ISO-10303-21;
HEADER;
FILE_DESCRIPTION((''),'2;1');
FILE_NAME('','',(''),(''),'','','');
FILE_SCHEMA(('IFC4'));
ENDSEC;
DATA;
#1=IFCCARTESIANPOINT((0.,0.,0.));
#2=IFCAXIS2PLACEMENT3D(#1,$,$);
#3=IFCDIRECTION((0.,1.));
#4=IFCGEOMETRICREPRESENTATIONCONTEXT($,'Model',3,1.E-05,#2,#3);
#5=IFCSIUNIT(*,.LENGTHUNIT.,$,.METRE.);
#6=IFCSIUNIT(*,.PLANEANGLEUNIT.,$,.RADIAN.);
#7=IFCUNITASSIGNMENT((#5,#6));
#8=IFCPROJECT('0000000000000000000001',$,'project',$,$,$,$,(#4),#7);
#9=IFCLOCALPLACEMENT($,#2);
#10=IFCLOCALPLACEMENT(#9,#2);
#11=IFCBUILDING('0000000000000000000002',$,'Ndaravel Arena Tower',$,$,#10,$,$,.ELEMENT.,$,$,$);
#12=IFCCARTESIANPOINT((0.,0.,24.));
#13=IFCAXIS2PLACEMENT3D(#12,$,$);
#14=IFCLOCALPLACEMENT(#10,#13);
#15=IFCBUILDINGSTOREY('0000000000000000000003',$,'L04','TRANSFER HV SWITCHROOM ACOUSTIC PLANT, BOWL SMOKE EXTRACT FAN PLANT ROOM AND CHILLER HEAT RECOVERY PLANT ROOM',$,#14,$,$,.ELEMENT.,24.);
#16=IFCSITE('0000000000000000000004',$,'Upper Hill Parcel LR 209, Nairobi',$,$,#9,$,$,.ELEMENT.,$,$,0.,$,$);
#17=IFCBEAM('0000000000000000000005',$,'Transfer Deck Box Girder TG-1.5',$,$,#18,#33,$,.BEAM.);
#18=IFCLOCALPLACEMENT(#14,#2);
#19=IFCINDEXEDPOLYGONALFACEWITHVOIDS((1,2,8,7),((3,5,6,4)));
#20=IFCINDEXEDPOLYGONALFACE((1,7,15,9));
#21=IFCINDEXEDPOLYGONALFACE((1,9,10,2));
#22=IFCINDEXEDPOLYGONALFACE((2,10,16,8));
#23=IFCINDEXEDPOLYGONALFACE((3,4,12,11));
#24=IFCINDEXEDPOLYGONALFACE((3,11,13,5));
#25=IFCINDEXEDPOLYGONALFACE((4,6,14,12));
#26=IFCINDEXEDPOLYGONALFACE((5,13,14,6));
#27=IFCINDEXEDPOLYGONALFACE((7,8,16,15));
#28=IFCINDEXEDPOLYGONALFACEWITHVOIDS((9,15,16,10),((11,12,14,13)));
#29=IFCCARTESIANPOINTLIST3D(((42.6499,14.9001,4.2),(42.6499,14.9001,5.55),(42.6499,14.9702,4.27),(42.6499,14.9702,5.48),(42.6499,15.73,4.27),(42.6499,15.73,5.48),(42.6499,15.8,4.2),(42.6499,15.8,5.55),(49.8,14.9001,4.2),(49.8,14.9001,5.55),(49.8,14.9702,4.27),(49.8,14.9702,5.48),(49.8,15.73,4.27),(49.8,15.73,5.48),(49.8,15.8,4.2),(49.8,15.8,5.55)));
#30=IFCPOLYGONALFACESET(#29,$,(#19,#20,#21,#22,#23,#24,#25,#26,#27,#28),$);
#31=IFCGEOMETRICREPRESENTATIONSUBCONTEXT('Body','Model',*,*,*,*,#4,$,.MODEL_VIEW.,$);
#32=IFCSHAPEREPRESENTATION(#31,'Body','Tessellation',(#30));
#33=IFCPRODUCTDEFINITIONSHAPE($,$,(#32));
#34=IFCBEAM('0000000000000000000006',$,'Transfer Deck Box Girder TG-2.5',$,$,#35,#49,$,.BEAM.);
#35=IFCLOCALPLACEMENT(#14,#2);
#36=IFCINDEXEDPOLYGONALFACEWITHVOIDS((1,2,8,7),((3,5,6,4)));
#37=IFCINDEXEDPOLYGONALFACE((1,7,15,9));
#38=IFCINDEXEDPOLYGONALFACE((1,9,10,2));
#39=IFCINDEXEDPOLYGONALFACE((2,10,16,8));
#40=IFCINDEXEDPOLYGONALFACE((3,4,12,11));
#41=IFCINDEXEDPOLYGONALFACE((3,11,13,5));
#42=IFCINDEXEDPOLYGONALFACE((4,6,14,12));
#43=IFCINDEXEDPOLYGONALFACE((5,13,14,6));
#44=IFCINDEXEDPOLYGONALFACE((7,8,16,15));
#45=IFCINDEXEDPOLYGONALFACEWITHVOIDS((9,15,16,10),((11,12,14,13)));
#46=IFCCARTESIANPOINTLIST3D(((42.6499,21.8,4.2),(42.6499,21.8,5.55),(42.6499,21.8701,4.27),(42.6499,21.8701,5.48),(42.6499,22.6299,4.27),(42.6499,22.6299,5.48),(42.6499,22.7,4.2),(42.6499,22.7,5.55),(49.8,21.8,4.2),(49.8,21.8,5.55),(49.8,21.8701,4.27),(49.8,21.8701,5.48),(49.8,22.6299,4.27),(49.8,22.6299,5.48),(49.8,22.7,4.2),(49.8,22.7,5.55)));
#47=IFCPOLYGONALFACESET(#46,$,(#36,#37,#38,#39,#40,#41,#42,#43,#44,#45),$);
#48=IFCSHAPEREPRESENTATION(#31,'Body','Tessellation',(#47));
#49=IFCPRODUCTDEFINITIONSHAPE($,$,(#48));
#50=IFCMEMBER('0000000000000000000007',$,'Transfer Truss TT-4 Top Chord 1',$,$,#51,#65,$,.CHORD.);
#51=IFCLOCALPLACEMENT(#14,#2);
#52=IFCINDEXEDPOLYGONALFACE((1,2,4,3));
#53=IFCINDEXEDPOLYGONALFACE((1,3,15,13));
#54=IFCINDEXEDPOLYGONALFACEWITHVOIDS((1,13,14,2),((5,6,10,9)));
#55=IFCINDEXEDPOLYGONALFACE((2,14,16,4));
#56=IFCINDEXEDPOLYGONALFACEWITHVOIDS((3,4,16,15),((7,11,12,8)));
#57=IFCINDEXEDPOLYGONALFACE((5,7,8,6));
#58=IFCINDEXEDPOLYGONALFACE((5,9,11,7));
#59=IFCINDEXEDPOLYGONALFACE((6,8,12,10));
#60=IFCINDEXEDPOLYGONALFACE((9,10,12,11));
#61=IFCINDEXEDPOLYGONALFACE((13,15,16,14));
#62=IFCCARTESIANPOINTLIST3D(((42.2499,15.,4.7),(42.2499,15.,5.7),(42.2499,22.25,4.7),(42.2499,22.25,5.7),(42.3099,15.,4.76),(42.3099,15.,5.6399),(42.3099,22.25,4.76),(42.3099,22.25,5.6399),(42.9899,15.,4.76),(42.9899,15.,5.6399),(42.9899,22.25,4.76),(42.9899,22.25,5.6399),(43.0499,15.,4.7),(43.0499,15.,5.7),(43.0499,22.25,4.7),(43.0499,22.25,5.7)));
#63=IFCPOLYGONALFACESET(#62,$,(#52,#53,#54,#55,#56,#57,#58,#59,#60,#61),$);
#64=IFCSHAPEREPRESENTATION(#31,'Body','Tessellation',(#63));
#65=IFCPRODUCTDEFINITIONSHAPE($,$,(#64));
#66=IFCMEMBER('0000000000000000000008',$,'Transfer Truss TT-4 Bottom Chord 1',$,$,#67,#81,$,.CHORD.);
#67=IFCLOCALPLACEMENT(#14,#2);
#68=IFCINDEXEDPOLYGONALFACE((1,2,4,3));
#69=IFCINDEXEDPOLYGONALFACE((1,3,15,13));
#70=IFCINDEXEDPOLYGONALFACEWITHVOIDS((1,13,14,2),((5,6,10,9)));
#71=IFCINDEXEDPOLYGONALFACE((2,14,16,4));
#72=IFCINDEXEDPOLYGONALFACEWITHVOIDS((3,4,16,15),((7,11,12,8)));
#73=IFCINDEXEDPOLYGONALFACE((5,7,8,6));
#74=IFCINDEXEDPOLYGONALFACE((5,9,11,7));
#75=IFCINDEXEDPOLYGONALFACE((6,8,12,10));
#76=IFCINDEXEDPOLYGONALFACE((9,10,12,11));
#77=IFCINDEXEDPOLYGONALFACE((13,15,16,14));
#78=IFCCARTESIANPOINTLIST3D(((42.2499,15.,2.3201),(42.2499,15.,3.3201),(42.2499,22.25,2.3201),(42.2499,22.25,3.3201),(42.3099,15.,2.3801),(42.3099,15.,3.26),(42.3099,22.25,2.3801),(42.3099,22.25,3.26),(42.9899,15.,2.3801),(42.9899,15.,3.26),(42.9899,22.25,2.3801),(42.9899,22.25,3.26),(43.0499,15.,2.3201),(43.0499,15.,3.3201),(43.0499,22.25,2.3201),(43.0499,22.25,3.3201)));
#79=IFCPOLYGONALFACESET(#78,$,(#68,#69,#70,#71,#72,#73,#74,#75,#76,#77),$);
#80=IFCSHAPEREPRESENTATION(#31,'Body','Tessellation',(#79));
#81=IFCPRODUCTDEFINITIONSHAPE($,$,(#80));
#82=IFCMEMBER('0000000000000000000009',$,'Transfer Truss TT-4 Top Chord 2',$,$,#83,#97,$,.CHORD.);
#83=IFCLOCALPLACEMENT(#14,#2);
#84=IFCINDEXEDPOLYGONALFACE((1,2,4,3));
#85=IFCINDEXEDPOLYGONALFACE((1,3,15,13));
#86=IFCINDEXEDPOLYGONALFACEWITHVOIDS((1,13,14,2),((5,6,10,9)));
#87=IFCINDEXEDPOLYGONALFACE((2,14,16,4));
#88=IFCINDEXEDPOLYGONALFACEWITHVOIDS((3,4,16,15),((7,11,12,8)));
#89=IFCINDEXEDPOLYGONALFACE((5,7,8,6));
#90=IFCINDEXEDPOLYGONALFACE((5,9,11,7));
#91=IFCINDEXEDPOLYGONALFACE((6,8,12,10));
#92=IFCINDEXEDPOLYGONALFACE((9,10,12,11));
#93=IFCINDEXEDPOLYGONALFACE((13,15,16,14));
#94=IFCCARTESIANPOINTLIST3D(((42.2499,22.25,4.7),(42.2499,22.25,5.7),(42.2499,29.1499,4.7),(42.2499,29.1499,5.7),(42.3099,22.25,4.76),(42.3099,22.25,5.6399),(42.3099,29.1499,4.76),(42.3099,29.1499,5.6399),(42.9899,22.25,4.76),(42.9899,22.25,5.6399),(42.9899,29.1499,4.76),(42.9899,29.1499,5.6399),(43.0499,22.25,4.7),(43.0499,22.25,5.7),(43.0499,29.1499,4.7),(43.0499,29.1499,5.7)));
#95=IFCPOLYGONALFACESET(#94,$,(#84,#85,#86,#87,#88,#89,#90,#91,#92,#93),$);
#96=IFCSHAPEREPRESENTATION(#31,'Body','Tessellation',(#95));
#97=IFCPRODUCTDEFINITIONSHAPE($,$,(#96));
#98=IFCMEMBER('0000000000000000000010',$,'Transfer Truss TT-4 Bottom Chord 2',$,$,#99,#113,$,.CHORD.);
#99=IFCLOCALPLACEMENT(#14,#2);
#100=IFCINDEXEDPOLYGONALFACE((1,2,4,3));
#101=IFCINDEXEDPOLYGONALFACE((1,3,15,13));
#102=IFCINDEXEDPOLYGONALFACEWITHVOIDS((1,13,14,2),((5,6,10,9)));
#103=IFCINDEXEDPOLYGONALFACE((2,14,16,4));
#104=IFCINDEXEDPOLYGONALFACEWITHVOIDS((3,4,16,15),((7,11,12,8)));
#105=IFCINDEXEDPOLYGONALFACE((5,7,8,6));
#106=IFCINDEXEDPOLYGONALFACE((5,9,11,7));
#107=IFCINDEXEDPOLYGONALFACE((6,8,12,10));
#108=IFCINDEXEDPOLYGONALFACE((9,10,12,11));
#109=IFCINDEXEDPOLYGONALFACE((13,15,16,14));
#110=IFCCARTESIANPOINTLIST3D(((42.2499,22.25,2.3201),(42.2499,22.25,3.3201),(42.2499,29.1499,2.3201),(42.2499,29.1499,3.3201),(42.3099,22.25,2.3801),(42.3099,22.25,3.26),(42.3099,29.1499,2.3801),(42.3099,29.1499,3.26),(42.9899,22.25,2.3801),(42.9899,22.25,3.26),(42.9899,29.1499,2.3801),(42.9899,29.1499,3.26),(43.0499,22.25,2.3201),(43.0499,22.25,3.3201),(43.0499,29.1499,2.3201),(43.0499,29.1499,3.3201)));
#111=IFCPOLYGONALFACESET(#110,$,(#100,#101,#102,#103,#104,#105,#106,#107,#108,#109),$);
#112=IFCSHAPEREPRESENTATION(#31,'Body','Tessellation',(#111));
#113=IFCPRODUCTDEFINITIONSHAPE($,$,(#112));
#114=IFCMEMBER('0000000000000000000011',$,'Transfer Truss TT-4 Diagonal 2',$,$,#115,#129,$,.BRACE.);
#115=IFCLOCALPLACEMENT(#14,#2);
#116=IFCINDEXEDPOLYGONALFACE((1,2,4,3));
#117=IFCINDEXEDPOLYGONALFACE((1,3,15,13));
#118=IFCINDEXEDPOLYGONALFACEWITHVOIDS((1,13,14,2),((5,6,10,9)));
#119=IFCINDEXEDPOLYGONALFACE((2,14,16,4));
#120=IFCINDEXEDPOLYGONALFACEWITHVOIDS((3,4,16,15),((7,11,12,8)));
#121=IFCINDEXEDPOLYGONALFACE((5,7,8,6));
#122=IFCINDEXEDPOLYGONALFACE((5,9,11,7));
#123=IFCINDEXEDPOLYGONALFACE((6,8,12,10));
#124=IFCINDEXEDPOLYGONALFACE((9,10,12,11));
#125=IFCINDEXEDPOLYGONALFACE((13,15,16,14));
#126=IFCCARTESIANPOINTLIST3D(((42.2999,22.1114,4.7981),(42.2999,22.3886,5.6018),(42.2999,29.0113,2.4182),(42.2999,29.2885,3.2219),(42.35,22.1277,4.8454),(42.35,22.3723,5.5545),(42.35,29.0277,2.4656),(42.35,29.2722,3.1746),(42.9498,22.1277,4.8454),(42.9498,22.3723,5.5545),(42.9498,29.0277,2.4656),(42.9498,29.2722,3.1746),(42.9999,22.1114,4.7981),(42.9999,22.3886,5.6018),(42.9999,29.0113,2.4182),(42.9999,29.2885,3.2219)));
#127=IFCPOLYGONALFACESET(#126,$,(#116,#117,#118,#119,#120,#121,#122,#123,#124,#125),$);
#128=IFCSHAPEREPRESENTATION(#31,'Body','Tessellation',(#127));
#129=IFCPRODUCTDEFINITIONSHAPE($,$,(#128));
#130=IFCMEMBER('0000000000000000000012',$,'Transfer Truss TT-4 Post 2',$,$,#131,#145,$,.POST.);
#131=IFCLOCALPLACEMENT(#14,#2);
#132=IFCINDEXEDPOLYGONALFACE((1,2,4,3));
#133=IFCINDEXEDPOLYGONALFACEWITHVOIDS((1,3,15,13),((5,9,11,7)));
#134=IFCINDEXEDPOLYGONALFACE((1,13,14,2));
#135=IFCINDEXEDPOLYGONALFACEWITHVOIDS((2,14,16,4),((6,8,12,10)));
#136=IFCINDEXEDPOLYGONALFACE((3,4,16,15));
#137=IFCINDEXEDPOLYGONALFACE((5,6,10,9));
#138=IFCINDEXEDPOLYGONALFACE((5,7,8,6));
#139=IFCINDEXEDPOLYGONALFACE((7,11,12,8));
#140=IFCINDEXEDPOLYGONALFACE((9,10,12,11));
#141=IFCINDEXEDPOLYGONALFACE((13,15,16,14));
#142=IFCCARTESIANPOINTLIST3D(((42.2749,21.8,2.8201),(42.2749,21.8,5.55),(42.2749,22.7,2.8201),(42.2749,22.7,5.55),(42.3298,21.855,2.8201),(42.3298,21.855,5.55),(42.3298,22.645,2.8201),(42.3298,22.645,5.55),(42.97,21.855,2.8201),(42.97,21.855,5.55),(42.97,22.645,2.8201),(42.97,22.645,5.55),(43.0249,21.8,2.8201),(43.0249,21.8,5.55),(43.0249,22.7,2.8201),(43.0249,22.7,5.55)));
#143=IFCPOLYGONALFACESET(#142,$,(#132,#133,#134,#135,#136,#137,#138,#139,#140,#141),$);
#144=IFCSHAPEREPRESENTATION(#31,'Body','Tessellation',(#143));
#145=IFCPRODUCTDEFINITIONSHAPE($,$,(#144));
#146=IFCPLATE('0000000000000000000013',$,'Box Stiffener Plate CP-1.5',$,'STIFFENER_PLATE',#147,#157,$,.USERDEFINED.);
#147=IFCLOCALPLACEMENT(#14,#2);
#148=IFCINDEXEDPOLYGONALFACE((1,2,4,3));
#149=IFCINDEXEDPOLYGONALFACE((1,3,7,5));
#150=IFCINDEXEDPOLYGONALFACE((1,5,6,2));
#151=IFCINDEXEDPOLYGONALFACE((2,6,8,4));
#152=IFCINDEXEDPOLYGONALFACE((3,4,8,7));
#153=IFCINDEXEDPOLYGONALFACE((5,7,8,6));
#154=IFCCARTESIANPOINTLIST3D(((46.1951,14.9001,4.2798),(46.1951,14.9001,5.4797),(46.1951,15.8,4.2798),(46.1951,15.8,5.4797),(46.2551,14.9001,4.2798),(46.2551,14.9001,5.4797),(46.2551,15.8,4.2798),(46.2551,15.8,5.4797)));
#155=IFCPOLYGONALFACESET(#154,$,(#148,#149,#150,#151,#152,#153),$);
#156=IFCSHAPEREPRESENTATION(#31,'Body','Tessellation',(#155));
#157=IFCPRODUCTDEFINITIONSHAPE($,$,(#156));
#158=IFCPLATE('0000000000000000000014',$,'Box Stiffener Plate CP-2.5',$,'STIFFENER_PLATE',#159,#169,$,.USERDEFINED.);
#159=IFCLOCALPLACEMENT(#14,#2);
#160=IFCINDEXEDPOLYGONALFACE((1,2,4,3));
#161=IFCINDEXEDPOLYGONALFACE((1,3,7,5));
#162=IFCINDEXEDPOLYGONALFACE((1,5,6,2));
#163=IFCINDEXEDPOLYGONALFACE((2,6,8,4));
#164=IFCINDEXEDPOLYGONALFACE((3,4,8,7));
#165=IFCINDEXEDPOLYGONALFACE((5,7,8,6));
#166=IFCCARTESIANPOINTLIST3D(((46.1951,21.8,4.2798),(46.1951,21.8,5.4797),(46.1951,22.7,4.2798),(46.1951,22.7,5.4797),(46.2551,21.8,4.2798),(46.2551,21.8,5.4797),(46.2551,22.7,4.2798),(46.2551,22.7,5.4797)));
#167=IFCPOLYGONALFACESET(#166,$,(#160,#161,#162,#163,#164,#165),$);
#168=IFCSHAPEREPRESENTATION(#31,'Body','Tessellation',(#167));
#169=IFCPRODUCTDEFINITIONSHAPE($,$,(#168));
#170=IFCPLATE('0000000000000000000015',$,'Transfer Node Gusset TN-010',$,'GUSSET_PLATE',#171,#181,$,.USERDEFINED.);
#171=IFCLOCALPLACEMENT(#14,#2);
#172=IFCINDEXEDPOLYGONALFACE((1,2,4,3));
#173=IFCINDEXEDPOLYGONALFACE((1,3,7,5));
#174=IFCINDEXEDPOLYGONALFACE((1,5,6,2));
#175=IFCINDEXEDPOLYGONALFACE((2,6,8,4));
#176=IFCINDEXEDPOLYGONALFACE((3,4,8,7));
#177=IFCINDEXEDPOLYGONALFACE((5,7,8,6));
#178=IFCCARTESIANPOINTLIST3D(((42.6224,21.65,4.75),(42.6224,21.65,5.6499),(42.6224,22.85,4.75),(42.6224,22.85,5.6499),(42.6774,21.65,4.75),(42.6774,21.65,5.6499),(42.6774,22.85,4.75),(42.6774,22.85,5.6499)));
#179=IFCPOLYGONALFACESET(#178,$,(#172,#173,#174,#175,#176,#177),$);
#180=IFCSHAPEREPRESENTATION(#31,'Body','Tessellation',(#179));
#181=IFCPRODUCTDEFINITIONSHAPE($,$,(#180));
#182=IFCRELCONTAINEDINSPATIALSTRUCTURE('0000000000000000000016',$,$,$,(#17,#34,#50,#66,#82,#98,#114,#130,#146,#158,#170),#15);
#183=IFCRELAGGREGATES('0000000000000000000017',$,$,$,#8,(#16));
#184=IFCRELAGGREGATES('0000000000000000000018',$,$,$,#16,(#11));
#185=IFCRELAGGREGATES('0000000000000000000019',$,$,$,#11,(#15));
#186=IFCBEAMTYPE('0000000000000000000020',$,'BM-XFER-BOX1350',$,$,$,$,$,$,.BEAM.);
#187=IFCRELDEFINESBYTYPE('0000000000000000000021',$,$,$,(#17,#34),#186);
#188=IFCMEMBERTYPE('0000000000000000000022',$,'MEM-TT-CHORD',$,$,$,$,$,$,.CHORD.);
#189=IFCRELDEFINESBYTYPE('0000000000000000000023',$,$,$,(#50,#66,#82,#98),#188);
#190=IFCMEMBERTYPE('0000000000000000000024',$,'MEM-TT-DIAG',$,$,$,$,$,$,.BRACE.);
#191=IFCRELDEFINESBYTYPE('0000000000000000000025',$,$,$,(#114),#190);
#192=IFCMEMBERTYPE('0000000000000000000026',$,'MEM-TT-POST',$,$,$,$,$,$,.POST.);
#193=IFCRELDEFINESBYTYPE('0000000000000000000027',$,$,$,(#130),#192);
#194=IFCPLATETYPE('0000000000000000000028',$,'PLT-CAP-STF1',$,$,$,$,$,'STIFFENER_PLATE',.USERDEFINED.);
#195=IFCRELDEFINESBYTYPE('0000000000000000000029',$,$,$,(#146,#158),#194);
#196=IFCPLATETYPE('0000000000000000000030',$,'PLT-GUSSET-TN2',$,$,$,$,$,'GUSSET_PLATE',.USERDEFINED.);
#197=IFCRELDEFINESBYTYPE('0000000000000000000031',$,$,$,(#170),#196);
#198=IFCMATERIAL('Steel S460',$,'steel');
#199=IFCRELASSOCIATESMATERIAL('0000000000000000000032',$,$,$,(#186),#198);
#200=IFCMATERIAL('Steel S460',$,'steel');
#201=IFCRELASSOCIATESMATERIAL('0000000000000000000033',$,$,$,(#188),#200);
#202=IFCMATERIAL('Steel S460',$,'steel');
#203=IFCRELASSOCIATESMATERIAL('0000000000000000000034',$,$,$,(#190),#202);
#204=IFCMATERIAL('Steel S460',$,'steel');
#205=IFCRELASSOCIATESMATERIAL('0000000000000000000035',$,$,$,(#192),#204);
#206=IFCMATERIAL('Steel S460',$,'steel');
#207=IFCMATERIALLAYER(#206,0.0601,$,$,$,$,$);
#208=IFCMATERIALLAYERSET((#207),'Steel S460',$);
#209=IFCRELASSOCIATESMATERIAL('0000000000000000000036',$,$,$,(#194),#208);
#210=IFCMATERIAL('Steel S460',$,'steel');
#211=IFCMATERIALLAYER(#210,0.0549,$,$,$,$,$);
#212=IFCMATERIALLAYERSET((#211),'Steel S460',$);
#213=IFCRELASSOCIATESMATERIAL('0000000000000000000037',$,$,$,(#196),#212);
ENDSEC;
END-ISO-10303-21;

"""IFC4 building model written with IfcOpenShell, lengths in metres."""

from ifc_helpers import new_model, si_unit, direction, frame, origin, origin_2d, place, context, subcontext, project, spatial, rectangle, hollow_rectangle, extrude, material, layer, layer_set, material_profile, profile_set, type_object, element, save


model = new_model("IFC4")

# Units and contexts
model_context = context("Model", 3, precision=1e-05, world=origin(), true_north=direction((0.0, 1.0)))
body_context = subcontext(model_context, "Body", "Model", "MODEL_VIEW")
ifc_project = project(units=[si_unit("LENGTHUNIT", "METRE"), si_unit("PLANEANGLEUNIT", "RADIAN")], contexts=[model_context])

# Site, building, storey
site_placement = place(None, origin())
site = spatial("IfcSite", under=ifc_project, at=site_placement, Name="Upper Hill Parcel LR 209, Nairobi", CompositionType="ELEMENT", RefElevation=0.0)
building_placement = place(site_placement, origin())
building = spatial("IfcBuilding", under=site, at=building_placement, Name="Ndaravel Arena Tower", CompositionType="ELEMENT")
storey_placement = place(building_placement, frame((0.0, 0.0, 24.0)))
storey = spatial("IfcBuildingStorey", under=building, at=storey_placement, Name="L04", Description="TRANSFER HV SWITCHROOM ACOUSTIC PLANT, BOWL SMOKE EXTRACT FAN PLANT ROOM AND CHILLER HEAT RECOVERY PLANT ROOM", CompositionType="ELEMENT", Elevation=24.0)

# Beams
ifc_material_1 = material(Name="Steel S460", Category="steel")
ifc_material_profile_1 = material_profile(ifc_material_1, hollow_rectangle(XDim=0.8999, YDim=1.3501, WallThickness=0.0701, at=origin_2d()), Name="BOX 1350x900x70")
ifc_profile_set_1 = profile_set([ifc_material_profile_1], Name="Steel S460")
beam_type = type_object("IfcBeamType", Name="BM-XFER-BOX1350", PredefinedType="BEAM", material=ifc_profile_set_1)
for number, where, z_axis, x_axis, name in (
    (1, (42.6499, 15.3501, 4.875), (1.0, 0.0, 0.0), (0.0, 1.0, 0.0), "Transfer Deck Box Girder TG-1.5"),
    (2, (42.6499, 22.25, 4.875), (1.0, 0.0, 0.0), (0.0, 1.0, 0.0), "Transfer Deck Box Girder TG-2.5"),
):
    element("IfcBeam", number, at=place(storey_placement, frame(where, z_axis=z_axis, x_axis=x_axis)), inside=storey, type_object=beam_type, Name=name, PredefinedType="BEAM", context=body_context, shape_type="SweptSolid", body=[
        extrude(hollow_rectangle(XDim=0.8999, YDim=1.3501, WallThickness=0.0701, at=origin_2d()), origin(), (0.0, 0.0, 1.0), 7.1501),
    ])

# Members
ifc_material_2 = material(Name="Steel S460", Category="steel")
ifc_material_profile_2 = material_profile(ifc_material_2, hollow_rectangle(XDim=0.8, YDim=1.0, WallThickness=0.0601, at=origin_2d()), Name="BOX 1000x800x60")
ifc_profile_set_2 = profile_set([ifc_material_profile_2], Name="Steel S460")
member_type_1 = type_object("IfcMemberType", Name="MEM-TT-CHORD", PredefinedType="CHORD", material=ifc_profile_set_2)
for number, where, z_axis, x_axis, name in (
    (3, (42.6499, 15.0, 5.2), (0.0, 1.0, 0.0), (-1.0, 0.0, 0.0), "Transfer Truss TT-4 Top Chord 1"),
    (4, (42.6499, 15.0, 2.8201), (0.0, 1.0, 0.0), (-1.0, 0.0, 0.0), "Transfer Truss TT-4 Bottom Chord 1"),
):
    element("IfcMember", number, at=place(storey_placement, frame(where, z_axis=z_axis, x_axis=x_axis)), inside=storey, type_object=member_type_1, Name=name, PredefinedType="CHORD", context=body_context, shape_type="SweptSolid", body=[
        extrude(hollow_rectangle(XDim=0.8, YDim=1.0, WallThickness=0.0601, at=origin_2d()), origin(), (0.0, 0.0, 1.0), 7.25),
    ])
for number, where, z_axis, x_axis, name in (
    (5, (42.6499, 22.25, 5.2), (0.0, 1.0, 0.0), (-1.0, 0.0, 0.0), "Transfer Truss TT-4 Top Chord 2"),
    (6, (42.6499, 22.25, 2.8201), (0.0, 1.0, 0.0), (-1.0, 0.0, 0.0), "Transfer Truss TT-4 Bottom Chord 2"),
):
    element("IfcMember", number, at=place(storey_placement, frame(where, z_axis=z_axis, x_axis=x_axis)), inside=storey, type_object=member_type_1, Name=name, PredefinedType="CHORD", context=body_context, shape_type="SweptSolid", body=[
        extrude(hollow_rectangle(XDim=0.8, YDim=1.0, WallThickness=0.0601, at=origin_2d()), origin(), (0.0, 0.0, 1.0), 6.8999),
    ])
ifc_material_3 = material(Name="Steel S460", Category="steel")
ifc_material_profile_3 = material_profile(ifc_material_3, hollow_rectangle(XDim=0.7, YDim=0.8501, WallThickness=0.05, at=origin_2d()), Name="BOX 850x700x50")
ifc_profile_set_3 = profile_set([ifc_material_profile_3], Name="Steel S460")
member_type_2 = type_object("IfcMemberType", Name="MEM-TT-DIAG", PredefinedType="BRACE", material=ifc_profile_set_3)
member_1_placement = place(storey_placement, frame((42.6499, 22.25, 5.2), z_axis=(0.0, 0.945347, -0.326065), x_axis=(-1.0, 0.0, 0.0)))
element("IfcMember", 7, at=member_1_placement, inside=storey, type_object=member_type_2, Name="Transfer Truss TT-4 Diagonal 2", PredefinedType="BRACE", context=body_context, shape_type="SweptSolid", body=[
    extrude(hollow_rectangle(XDim=0.7, YDim=0.8501, WallThickness=0.05, at=origin_2d()), origin(), (0.0, 0.0, 1.0), 7.2988),
])
ifc_material_4 = material(Name="Steel S460", Category="steel")
ifc_material_profile_4 = material_profile(ifc_material_4, hollow_rectangle(XDim=0.75, YDim=0.8999, WallThickness=0.0549, at=origin_2d()), Name="BOX 900x750x55")
ifc_profile_set_4 = profile_set([ifc_material_profile_4], Name="Steel S460")
member_type_3 = type_object("IfcMemberType", Name="MEM-TT-POST", PredefinedType="POST", material=ifc_profile_set_4)
member_2_placement = place(storey_placement, frame((42.6499, 22.25, 2.8201), z_axis=(0.0, 0.0, 1.0), x_axis=(1.0, 0.0, 0.0)))
element("IfcMember", 8, at=member_2_placement, inside=storey, type_object=member_type_3, Name="Transfer Truss TT-4 Post 2", PredefinedType="POST", context=body_context, shape_type="SweptSolid", body=[
    extrude(hollow_rectangle(XDim=0.75, YDim=0.8999, WallThickness=0.0549, at=origin_2d()), origin(), (0.0, 0.0, 1.0), 2.73),
])

# Plates
ifc_material_5 = material(Name="Steel S460", Category="steel")
ifc_layer_1 = layer(ifc_material_5, 0.0601)
ifc_layer_set_1 = layer_set([ifc_layer_1], Name="Steel S460")
plate_type_1 = type_object("IfcPlateType", Name="PLT-CAP-STF1", ElementType="STIFFENER_PLATE", PredefinedType="USERDEFINED", material=ifc_layer_set_1)
for number, where, z_axis, x_axis, name in (
    (9, (46.2251, 15.3501, 4.2798), (0.0, 0.0, 1.0), (1.0, 0.0, 0.0), "Box Stiffener Plate CP-1.5"),
    (10, (46.2251, 22.25, 4.2798), (0.0, 0.0, 1.0), (1.0, 0.0, 0.0), "Box Stiffener Plate CP-2.5"),
):
    element("IfcPlate", number, at=place(storey_placement, frame(where, z_axis=z_axis, x_axis=x_axis)), inside=storey, type_object=plate_type_1, Name=name, ObjectType="STIFFENER_PLATE", PredefinedType="USERDEFINED", context=body_context, shape_type="SweptSolid", body=[
        extrude(rectangle(XDim=0.0601, YDim=0.8999, at=origin_2d()), origin(), (0.0, 0.0, 1.0), 1.2),
    ])
ifc_material_6 = material(Name="Steel S460", Category="steel")
ifc_layer_2 = layer(ifc_material_6, 0.0549)
ifc_layer_set_2 = layer_set([ifc_layer_2], Name="Steel S460")
plate_type_2 = type_object("IfcPlateType", Name="PLT-GUSSET-TN2", ElementType="GUSSET_PLATE", PredefinedType="USERDEFINED", material=ifc_layer_set_2)
plate_placement = place(storey_placement, frame((42.6499, 22.25, 4.75), z_axis=(0.0, 0.0, 1.0), x_axis=(1.0, 0.0, 0.0)))
element("IfcPlate", 11, at=plate_placement, inside=storey, type_object=plate_type_2, Name="Transfer Node Gusset TN-010", ObjectType="GUSSET_PLATE", PredefinedType="USERDEFINED", context=body_context, shape_type="SweptSolid", body=[
    extrude(rectangle(XDim=0.0549, YDim=1.2, at=origin_2d()), origin(), (0.0, 0.0, 1.0), 0.8999),
])

save(model, "model.ifc")
